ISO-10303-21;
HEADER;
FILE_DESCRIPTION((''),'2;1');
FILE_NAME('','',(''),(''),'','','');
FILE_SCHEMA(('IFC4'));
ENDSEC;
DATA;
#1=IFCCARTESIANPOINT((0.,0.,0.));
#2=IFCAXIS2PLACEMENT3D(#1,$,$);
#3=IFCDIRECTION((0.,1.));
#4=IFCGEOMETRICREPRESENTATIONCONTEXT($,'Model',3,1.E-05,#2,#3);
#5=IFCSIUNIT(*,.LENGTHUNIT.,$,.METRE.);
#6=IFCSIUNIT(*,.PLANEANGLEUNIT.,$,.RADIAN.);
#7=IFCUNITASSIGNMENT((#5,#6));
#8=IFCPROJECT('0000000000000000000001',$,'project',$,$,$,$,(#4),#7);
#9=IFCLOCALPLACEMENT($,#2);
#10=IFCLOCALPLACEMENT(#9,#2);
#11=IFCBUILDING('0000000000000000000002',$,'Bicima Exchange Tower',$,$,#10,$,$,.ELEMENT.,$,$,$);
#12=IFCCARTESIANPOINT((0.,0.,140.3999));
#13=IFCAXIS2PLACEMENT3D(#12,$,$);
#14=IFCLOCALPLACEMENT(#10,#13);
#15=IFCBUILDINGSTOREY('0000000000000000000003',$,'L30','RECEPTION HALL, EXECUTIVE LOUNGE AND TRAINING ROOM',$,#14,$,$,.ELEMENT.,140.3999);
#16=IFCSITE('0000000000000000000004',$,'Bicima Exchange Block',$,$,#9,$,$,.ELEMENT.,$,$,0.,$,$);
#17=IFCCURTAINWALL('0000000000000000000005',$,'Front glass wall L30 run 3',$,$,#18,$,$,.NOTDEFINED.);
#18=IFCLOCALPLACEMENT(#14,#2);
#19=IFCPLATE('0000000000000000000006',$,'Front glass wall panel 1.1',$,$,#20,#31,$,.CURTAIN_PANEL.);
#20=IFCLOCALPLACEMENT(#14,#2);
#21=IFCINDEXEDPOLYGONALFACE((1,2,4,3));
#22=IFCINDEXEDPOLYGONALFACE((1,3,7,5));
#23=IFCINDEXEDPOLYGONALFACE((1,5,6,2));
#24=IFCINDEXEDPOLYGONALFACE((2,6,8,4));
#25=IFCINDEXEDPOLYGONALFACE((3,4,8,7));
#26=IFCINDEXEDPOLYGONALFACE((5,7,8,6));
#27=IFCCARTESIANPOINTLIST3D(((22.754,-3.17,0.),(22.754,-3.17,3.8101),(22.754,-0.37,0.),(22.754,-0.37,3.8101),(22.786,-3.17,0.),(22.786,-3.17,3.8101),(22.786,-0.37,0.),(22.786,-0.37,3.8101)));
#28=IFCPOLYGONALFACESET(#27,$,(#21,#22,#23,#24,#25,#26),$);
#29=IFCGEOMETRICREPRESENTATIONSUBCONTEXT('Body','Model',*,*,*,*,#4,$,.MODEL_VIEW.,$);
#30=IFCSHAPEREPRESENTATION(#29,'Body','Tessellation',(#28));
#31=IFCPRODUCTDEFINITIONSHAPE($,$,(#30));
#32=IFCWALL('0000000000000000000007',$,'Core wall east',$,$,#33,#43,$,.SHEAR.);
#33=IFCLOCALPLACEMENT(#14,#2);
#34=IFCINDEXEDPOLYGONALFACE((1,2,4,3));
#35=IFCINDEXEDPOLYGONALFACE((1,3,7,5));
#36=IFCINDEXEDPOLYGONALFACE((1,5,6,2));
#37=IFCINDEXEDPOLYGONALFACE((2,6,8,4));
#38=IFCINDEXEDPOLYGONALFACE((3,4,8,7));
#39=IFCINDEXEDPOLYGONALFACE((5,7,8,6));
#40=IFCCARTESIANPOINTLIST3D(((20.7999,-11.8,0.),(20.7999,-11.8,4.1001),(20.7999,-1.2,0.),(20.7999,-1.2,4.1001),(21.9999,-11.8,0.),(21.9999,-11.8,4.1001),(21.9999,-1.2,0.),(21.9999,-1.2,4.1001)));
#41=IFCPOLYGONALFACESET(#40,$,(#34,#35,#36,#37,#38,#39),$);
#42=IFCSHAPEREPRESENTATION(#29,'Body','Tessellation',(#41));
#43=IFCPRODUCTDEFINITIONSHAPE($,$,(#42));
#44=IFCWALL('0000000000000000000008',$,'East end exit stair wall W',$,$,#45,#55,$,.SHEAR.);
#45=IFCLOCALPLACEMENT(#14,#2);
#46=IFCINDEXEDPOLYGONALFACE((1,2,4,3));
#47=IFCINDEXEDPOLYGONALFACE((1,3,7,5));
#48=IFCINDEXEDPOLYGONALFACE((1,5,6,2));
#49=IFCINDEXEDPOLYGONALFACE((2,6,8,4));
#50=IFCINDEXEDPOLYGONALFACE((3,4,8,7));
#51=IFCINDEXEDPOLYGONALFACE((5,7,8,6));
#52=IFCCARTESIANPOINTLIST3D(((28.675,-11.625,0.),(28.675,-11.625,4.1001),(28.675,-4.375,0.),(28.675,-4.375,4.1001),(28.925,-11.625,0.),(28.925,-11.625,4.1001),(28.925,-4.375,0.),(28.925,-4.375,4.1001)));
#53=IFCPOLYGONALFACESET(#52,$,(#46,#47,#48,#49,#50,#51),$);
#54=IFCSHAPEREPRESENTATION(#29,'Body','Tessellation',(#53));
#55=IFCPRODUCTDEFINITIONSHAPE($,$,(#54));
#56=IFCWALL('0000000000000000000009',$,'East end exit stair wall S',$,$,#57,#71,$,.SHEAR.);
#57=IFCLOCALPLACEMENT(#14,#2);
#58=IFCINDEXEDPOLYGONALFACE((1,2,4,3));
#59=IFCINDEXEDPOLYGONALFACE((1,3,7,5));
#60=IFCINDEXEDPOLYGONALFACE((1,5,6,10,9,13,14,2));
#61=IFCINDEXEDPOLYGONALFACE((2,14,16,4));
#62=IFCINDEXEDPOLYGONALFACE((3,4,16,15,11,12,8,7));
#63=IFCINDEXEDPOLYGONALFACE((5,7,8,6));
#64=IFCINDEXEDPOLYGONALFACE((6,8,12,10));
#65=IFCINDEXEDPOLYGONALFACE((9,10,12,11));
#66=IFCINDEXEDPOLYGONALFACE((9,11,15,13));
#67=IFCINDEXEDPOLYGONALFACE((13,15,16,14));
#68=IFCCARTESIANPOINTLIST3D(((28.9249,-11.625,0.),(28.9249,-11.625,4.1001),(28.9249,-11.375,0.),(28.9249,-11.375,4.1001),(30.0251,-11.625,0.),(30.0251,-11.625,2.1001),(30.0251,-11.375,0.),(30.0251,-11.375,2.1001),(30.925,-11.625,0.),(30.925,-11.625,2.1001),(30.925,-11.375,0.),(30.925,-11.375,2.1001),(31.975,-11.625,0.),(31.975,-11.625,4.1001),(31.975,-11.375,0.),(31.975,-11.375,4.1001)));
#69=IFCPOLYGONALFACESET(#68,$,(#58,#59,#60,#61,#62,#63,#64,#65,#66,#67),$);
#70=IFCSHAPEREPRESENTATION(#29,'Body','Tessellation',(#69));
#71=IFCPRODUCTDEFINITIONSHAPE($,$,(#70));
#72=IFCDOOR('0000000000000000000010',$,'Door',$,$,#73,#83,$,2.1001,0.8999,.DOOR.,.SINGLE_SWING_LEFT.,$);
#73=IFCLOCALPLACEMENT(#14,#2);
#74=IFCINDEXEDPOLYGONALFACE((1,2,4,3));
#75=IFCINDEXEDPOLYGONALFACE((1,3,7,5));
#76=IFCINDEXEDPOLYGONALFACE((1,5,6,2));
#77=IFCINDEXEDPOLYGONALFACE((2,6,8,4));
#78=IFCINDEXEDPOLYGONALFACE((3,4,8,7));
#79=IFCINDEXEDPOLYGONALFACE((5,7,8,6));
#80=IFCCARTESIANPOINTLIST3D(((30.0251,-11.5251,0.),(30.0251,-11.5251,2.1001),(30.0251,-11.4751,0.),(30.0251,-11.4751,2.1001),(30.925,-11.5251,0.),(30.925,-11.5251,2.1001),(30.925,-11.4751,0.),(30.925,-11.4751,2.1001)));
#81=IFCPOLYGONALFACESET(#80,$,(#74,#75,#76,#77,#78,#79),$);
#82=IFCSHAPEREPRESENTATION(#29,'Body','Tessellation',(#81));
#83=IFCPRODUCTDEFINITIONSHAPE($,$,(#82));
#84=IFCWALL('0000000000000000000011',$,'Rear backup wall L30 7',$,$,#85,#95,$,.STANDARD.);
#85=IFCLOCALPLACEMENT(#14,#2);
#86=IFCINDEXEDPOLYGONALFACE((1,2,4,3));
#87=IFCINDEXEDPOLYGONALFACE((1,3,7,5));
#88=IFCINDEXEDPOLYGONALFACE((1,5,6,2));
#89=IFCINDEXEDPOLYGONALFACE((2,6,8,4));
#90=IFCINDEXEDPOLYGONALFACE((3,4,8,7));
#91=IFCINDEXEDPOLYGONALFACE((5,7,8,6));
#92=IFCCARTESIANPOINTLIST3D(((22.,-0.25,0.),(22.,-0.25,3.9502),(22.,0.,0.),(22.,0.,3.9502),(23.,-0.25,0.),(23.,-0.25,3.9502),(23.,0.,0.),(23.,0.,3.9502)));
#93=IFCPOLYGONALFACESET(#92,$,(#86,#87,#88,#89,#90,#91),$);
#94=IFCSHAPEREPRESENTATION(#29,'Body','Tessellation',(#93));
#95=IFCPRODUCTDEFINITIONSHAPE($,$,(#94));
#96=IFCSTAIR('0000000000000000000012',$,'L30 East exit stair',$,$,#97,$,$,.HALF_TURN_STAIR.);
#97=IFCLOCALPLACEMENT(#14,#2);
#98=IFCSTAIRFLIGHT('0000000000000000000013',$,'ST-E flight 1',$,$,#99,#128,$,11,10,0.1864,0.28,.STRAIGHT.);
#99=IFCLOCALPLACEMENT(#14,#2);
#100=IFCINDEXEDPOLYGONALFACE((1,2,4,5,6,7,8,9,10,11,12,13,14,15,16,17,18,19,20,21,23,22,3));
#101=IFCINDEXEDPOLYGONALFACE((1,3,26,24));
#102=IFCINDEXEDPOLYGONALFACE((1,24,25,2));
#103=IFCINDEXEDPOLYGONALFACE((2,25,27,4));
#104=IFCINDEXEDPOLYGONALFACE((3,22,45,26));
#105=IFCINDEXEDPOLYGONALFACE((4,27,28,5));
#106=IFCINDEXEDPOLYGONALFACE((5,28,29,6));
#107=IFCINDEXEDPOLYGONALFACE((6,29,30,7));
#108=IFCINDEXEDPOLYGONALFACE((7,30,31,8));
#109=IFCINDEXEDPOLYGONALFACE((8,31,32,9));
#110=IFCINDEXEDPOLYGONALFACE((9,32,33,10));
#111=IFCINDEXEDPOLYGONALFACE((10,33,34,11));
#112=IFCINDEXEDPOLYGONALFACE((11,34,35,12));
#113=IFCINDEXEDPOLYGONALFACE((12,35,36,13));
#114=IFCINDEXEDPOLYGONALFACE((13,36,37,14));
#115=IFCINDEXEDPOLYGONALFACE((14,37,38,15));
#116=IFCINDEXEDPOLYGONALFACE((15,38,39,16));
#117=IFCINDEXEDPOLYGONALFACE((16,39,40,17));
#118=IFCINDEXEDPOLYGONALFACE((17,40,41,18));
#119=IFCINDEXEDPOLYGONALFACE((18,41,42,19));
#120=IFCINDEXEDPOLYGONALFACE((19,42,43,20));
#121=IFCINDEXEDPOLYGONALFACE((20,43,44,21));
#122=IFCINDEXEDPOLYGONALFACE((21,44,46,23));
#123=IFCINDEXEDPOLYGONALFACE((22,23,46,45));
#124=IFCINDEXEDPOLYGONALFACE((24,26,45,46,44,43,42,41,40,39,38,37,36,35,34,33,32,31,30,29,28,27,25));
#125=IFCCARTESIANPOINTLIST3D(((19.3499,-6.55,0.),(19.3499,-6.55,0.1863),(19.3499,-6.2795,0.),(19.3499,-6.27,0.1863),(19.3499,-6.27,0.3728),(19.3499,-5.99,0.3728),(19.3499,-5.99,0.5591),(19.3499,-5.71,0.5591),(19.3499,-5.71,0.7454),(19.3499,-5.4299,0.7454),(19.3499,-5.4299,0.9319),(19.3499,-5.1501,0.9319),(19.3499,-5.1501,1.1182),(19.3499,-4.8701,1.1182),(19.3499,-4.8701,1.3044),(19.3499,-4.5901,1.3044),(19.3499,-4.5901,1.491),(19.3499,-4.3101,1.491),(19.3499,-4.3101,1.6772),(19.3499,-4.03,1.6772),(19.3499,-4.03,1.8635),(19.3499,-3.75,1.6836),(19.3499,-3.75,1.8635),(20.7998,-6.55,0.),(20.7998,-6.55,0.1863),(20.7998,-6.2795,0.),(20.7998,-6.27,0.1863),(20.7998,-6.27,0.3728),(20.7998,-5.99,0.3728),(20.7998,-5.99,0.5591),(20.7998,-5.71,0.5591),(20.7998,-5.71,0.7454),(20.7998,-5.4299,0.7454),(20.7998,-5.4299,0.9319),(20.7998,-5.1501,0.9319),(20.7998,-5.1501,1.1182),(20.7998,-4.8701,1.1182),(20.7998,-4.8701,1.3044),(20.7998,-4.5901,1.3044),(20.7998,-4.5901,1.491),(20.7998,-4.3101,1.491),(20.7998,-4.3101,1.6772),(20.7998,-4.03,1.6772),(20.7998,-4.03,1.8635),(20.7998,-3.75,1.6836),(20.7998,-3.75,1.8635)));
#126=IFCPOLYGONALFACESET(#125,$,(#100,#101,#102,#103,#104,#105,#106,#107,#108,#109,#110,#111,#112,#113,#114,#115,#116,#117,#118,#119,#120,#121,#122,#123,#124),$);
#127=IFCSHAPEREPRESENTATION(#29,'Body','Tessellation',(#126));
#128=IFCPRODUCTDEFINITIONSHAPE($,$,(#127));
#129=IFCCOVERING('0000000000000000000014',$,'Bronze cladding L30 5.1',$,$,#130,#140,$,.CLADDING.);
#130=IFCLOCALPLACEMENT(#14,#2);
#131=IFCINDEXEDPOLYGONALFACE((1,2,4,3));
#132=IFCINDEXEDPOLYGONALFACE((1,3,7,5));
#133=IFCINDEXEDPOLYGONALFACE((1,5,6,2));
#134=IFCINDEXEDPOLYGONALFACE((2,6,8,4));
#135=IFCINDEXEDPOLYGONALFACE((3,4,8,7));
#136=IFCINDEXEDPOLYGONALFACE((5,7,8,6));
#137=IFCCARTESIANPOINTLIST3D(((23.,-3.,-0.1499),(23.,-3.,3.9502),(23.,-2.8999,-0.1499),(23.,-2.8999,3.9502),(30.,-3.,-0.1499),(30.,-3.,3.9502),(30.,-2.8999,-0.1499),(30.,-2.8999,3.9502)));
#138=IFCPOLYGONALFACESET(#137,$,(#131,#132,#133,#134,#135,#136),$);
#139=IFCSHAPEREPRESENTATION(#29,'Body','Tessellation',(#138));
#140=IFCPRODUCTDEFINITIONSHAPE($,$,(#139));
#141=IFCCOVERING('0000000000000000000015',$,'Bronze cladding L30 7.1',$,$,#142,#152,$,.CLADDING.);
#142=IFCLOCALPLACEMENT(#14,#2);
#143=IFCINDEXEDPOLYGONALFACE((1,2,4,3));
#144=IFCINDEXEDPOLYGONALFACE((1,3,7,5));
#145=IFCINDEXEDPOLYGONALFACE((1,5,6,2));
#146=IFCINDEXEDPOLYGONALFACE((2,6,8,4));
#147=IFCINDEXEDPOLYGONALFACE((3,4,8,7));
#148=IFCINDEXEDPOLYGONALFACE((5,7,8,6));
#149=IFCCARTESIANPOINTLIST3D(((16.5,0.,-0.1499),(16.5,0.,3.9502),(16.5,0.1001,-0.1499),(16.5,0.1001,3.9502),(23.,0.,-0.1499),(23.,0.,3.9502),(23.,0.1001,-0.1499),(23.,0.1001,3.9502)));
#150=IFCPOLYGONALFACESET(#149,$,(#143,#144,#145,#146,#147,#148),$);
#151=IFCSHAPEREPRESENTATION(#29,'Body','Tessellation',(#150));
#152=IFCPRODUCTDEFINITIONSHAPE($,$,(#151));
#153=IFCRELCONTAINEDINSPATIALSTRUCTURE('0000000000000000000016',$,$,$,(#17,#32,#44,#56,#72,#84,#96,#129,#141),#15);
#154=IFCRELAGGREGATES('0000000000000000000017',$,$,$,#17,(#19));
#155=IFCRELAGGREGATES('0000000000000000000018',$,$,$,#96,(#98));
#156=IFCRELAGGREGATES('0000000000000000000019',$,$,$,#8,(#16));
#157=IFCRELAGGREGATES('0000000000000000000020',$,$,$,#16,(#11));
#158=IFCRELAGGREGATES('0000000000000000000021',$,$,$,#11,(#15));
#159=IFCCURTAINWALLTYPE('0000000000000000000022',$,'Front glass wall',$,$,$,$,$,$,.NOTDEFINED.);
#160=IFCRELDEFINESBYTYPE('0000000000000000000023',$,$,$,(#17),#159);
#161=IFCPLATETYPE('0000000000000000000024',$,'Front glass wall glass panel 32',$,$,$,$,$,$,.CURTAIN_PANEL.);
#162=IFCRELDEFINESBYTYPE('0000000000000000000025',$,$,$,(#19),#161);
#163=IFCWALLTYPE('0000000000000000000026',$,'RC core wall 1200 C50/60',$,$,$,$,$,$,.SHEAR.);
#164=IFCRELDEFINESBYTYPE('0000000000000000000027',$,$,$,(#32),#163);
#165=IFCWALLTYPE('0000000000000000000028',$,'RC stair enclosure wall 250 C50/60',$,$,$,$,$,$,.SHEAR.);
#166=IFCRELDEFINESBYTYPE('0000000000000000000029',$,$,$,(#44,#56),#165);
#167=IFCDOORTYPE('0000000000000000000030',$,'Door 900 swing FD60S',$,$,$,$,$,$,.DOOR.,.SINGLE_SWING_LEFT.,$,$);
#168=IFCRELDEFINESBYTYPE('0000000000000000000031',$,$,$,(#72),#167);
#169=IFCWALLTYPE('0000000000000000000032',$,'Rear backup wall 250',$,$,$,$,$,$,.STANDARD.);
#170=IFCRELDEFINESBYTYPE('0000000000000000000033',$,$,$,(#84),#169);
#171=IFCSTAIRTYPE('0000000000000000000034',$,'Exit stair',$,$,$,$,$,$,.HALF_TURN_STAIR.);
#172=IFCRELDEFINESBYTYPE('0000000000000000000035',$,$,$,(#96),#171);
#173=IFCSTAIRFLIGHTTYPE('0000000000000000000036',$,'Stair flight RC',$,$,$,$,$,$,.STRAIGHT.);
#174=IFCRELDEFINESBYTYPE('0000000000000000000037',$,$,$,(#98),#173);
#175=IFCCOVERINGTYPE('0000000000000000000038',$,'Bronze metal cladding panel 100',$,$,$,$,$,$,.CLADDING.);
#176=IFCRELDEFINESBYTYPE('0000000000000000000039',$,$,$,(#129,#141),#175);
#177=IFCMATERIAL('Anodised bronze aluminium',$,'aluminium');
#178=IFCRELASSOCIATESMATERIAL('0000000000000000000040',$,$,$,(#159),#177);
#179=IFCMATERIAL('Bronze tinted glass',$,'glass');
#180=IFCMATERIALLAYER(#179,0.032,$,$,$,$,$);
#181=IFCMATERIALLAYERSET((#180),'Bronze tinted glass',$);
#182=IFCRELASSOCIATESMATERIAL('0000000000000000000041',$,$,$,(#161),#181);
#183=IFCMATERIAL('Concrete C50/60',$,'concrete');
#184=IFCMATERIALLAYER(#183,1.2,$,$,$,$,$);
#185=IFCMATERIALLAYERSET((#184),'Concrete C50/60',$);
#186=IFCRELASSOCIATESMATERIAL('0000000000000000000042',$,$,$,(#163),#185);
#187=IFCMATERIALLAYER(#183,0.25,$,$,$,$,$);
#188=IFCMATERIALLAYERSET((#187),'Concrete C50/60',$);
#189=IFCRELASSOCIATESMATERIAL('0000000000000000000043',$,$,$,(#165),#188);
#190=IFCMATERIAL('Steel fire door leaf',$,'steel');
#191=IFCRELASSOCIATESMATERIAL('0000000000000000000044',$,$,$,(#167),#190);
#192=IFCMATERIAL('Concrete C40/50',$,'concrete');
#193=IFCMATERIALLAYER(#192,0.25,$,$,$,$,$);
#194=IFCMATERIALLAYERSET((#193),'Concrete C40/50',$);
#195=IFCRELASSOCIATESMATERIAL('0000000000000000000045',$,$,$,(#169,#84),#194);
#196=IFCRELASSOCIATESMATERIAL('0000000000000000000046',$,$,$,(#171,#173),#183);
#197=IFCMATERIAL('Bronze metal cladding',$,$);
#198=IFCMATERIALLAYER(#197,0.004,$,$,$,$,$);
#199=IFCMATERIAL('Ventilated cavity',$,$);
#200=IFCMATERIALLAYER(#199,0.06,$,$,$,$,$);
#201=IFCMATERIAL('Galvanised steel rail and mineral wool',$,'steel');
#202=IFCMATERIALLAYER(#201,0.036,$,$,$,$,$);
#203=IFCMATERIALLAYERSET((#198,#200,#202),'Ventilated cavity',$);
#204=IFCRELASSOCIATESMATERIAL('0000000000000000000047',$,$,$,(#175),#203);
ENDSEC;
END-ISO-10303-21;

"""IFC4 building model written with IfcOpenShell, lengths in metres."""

from ifc_helpers import new_model, si_unit, direction, frame, frame_2d, origin, origin_2d, place, context, subcontext, project, spatial, polyline, rectangle, outline, extrude, material, layer, layer_set, layer_usage, type_object, element, fill, aggregate, save


model = new_model("IFC4")

# Units and contexts
model_context = context("Model", 3, precision=1e-05, world=origin(), true_north=direction((0.0, 1.0)))
body_context = subcontext(model_context, "Body", "Model", "MODEL_VIEW")
ifc_project = project(units=[si_unit("LENGTHUNIT", "METRE"), si_unit("PLANEANGLEUNIT", "RADIAN")], contexts=[model_context])

# Site, building, storey
site_placement = place(None, origin())
site = spatial("IfcSite", under=ifc_project, at=site_placement, Name="Bicima Exchange Block", CompositionType="ELEMENT", RefElevation=0.0)
building_placement = place(site_placement, origin())
building = spatial("IfcBuilding", under=site, at=building_placement, Name="Bicima Exchange Tower", CompositionType="ELEMENT")
storey_placement = place(building_placement, frame((0.0, 0.0, 140.3999)))
storey = spatial("IfcBuildingStorey", under=building, at=storey_placement, Name="L30", Description="RECEPTION HALL, EXECUTIVE LOUNGE AND TRAINING ROOM", CompositionType="ELEMENT", Elevation=140.3999)

# Curtain wall
ifc_material_1 = material(Name="Anodised bronze aluminium", Category="aluminium")
curtain_wall_type_1 = type_object("IfcCurtainWallType", Name="Front glass wall", PredefinedType="NOTDEFINED", material=ifc_material_1)
curtain_wall_1_placement = place(storey_placement, origin())
curtain_wall_1 = element("IfcCurtainWall", 1, at=curtain_wall_1_placement, inside=storey, type_object=curtain_wall_type_1, Name="Front glass wall L30 run 3", PredefinedType="NOTDEFINED")

# Plate
ifc_material_2 = material(Name="Bronze tinted glass", Category="glass")
ifc_layer_1 = layer(ifc_material_2, 0.032)
ifc_layer_set_1 = layer_set([ifc_layer_1], Name="Bronze tinted glass")
plate_type = type_object("IfcPlateType", Name="Front glass wall glass panel 32", PredefinedType="CURTAIN_PANEL", material=ifc_layer_set_1)
plate_placement = place(storey_placement, frame((22.77, -1.77, 0.0), z_axis=(0.0, 0.0, 1.0), x_axis=(0.0, 1.0, 0.0)))
plate = element("IfcPlate", 2, at=plate_placement, type_object=plate_type, Name="Front glass wall panel 1.1", PredefinedType="CURTAIN_PANEL", context=body_context, shape_type="SweptSolid", body=[
    extrude(rectangle(XDim=2.8, YDim=0.032, at=origin_2d()), origin(), (0.0, 0.0, 1.0), 3.8101),
])
aggregate(curtain_wall_1, [plate])

# Walls
ifc_material_3 = material(Name="Concrete C50/60", Category="concrete")
ifc_layer_2 = layer(ifc_material_3, 1.2)
ifc_layer_set_2 = layer_set([ifc_layer_2], Name="Concrete C50/60")
wall_type_1 = type_object("IfcWallType", Name="RC core wall 1200 C50/60", PredefinedType="SHEAR", material=ifc_layer_set_2)
wall_1_placement = place(storey_placement, frame((21.3999, -11.8, 0.0), z_axis=(0.0, 0.0, 1.0), x_axis=(0.0, 1.0, 0.0)))
element("IfcWall", 3, at=wall_1_placement, inside=storey, type_object=wall_type_1, Name="Core wall east", PredefinedType="SHEAR", context=body_context, shape_type="SweptSolid", body=[
    extrude(rectangle(XDim=10.6001, YDim=1.2, at=frame_2d((5.3, 0.0))), origin(), (0.0, 0.0, 1.0), 4.1001),
])
ifc_layer_3 = layer(ifc_material_3, 0.25)
ifc_layer_set_3 = layer_set([ifc_layer_3], Name="Concrete C50/60")
wall_type_2 = type_object("IfcWallType", Name="RC stair enclosure wall 250 C50/60", PredefinedType="SHEAR", material=ifc_layer_set_3)
wall_2_placement = place(storey_placement, frame((28.8, -11.625, 0.0), z_axis=(0.0, 0.0, 1.0), x_axis=(0.0, 1.0, 0.0)))
element("IfcWall", 4, at=wall_2_placement, inside=storey, type_object=wall_type_2, Name="East end exit stair wall W", PredefinedType="SHEAR", context=body_context, shape_type="SweptSolid", body=[
    extrude(rectangle(XDim=7.25, YDim=0.25, at=frame_2d((3.625, 0.0))), origin(), (0.0, 0.0, 1.0), 4.1001),
])

# Wall, opening, door
wall_3_placement = place(storey_placement, frame((28.925, -11.5, 0.0), z_axis=(0.0, 0.0, 1.0), x_axis=(1.0, 0.0, 0.0)))
wall_3 = element("IfcWall", 5, at=wall_3_placement, inside=storey, type_object=wall_type_2, Name="East end exit stair wall S", PredefinedType="SHEAR", context=body_context, shape_type="SweptSolid", body=[
    extrude(rectangle(XDim=3.05, YDim=0.25, at=frame_2d((1.5249, 0.0))), origin(), (0.0, 0.0, 1.0), 4.1001),
])
opening_placement = place(wall_3_placement, frame((1.1001, 0.0, 0.0)))
opening = element("IfcOpeningElement", 6, at=opening_placement, cuts=wall_3, PredefinedType="OPENING", context=body_context, shape_type="SweptSolid", body=[
    extrude(rectangle(XDim=0.8999, YDim=2.1001, at=frame_2d((0.45, 1.05))), frame((0.0, 0.137, 0.0), z_axis=(0.0, -1.0, 0.0), x_axis=(1.0, 0.0, 0.0)), (0.0, 0.0, 1.0), 0.2739),
])
ifc_material_4 = material(Name="Steel fire door leaf", Category="steel")
door_type = type_object("IfcDoorType", Name="Door 900 swing FD60S", OperationType="SINGLE_SWING_LEFT", PredefinedType="DOOR", material=ifc_material_4)
door_placement = place(opening_placement, origin())
door = element("IfcDoor", 7, at=door_placement, inside=storey, type_object=door_type, Name="Door", OperationType="SINGLE_SWING_LEFT", OverallHeight=2.1001, OverallWidth=0.8999, PredefinedType="DOOR", context=body_context, shape_type="SweptSolid", body=[
    extrude(rectangle(XDim=0.8999, YDim=2.1001, at=frame_2d((0.45, 1.05))), frame((0.0, 0.0249, 0.0), z_axis=(0.0, -1.0, 0.0), x_axis=(1.0, 0.0, 0.0)), (0.0, 0.0, 1.0), 0.05),
])
fill(opening, door)

# Wall
ifc_material_5 = material(Name="Concrete C40/50", Category="concrete")
ifc_layer_4 = layer(ifc_material_5, 0.25)
ifc_layer_set_4 = layer_set([ifc_layer_4], Name="Concrete C40/50")
ifc_layer_usage = layer_usage(ifc_layer_set_4, "AXIS2", "POSITIVE", -0.125)
wall_type_3 = type_object("IfcWallType", Name="Rear backup wall 250", PredefinedType="STANDARD", material=ifc_layer_set_4)
wall_4_placement = place(storey_placement, frame((23.0, -0.125, 0.0), z_axis=(0.0, 0.0, 1.0), x_axis=(-1.0, 0.0, 0.0)))
element("IfcWall", 8, at=wall_4_placement, inside=storey, type_object=wall_type_3, material=ifc_layer_usage, Name="Rear backup wall L30 7", PredefinedType="STANDARD", context=body_context, shape_type="SweptSolid", body=[
    extrude(rectangle(XDim=1.0, YDim=0.25, at=frame_2d((0.5, 0.0))), origin(), (0.0, 0.0, 1.0), 3.9502),
])

# Stair, stair flight
stair_type = type_object("IfcStairType", Name="Exit stair", PredefinedType="HALF_TURN_STAIR", material=ifc_material_3)
stair_placement = place(storey_placement, origin())
stair = element("IfcStair", 9, at=stair_placement, inside=storey, type_object=stair_type, Name="L30 East exit stair", PredefinedType="HALF_TURN_STAIR")
stair_flight_type = type_object("IfcStairFlightType", Name="Stair flight RC", PredefinedType="STRAIGHT", material=ifc_material_3)
stair_flight_placement = place(storey_placement, frame((20.075, -6.55, 0.0), z_axis=(0.0, 0.0, 1.0), x_axis=(0.0, 1.0, 0.0)))
stair_flight = element("IfcStairFlight", 10, at=stair_flight_placement, type_object=stair_flight_type, Name="ST-E flight 1", NumberOfRisers=11, NumberOfTreads=10, PredefinedType="STRAIGHT", RiserHeight=0.1864, TreadLength=0.28, context=body_context, shape_type="SweptSolid", body=[
    extrude(outline(polyline([(0.0, 0.0), (0.0, 0.1863), (0.28, 0.1863), (0.28, 0.3728), (0.5601, 0.3728), (0.5601, 0.5591), (0.8401, 0.5591), (0.8401, 0.7454), (1.1201, 0.7454), (1.1201, 0.9319), (1.3999, 0.9319), (1.3999, 1.1182), (1.6799, 1.1182), (1.6799, 1.3044), (1.96, 1.3044), (1.96, 1.491), (2.24, 1.491), (2.24, 1.6772), (2.52, 1.6772), (2.52, 1.8635), (2.8, 1.8635), (2.8, 2.05), (2.8, 1.6836), (0.2705, 0.0), (0.0, 0.0)])), frame((0.0, 0.7251, 0.0), z_axis=(0.0, -1.0, 0.0), x_axis=(1.0, 0.0, 0.0)), (0.0, 0.0, 1.0), 1.45),
])
aggregate(stair, [stair_flight])

# Coverings
ifc_material_6 = material(Name="Bronze metal cladding")
ifc_layer_5 = layer(ifc_material_6, 0.004)
ifc_material_7 = material(Name="Ventilated cavity")
ifc_layer_6 = layer(ifc_material_7, 0.06)
ifc_material_8 = material(Name="Galvanised steel rail and mineral wool", Category="steel")
ifc_layer_7 = layer(ifc_material_8, 0.036)
ifc_layer_set_5 = layer_set([ifc_layer_5, ifc_layer_6, ifc_layer_7], Name="Ventilated cavity")
covering_type = type_object("IfcCoveringType", Name="Bronze metal cladding panel 100", PredefinedType="CLADDING", material=ifc_layer_set_5)
covering_1_placement = place(storey_placement, frame((26.5, -2.95, -0.1499), z_axis=(0.0, 0.0, 1.0), x_axis=(-1.0, 0.0, 0.0)))
element("IfcCovering", 11, at=covering_1_placement, inside=storey, type_object=covering_type, Name="Bronze cladding L30 5.1", PredefinedType="CLADDING", context=body_context, shape_type="SweptSolid", body=[
    extrude(rectangle(XDim=7.0, YDim=0.1001, at=origin_2d()), origin(), (0.0, 0.0, 1.0), 4.1001),
])
covering_2_placement = place(storey_placement, frame((19.75, 0.05, -0.1499), z_axis=(0.0, 0.0, 1.0), x_axis=(-1.0, 0.0, 0.0)))
element("IfcCovering", 12, at=covering_2_placement, inside=storey, type_object=covering_type, Name="Bronze cladding L30 7.1", PredefinedType="CLADDING", context=body_context, shape_type="SweptSolid", body=[
    extrude(rectangle(XDim=6.5, YDim=0.1001, at=origin_2d()), origin(), (0.0, 0.0, 1.0), 4.1001),
])

save(model, "model.ifc")
